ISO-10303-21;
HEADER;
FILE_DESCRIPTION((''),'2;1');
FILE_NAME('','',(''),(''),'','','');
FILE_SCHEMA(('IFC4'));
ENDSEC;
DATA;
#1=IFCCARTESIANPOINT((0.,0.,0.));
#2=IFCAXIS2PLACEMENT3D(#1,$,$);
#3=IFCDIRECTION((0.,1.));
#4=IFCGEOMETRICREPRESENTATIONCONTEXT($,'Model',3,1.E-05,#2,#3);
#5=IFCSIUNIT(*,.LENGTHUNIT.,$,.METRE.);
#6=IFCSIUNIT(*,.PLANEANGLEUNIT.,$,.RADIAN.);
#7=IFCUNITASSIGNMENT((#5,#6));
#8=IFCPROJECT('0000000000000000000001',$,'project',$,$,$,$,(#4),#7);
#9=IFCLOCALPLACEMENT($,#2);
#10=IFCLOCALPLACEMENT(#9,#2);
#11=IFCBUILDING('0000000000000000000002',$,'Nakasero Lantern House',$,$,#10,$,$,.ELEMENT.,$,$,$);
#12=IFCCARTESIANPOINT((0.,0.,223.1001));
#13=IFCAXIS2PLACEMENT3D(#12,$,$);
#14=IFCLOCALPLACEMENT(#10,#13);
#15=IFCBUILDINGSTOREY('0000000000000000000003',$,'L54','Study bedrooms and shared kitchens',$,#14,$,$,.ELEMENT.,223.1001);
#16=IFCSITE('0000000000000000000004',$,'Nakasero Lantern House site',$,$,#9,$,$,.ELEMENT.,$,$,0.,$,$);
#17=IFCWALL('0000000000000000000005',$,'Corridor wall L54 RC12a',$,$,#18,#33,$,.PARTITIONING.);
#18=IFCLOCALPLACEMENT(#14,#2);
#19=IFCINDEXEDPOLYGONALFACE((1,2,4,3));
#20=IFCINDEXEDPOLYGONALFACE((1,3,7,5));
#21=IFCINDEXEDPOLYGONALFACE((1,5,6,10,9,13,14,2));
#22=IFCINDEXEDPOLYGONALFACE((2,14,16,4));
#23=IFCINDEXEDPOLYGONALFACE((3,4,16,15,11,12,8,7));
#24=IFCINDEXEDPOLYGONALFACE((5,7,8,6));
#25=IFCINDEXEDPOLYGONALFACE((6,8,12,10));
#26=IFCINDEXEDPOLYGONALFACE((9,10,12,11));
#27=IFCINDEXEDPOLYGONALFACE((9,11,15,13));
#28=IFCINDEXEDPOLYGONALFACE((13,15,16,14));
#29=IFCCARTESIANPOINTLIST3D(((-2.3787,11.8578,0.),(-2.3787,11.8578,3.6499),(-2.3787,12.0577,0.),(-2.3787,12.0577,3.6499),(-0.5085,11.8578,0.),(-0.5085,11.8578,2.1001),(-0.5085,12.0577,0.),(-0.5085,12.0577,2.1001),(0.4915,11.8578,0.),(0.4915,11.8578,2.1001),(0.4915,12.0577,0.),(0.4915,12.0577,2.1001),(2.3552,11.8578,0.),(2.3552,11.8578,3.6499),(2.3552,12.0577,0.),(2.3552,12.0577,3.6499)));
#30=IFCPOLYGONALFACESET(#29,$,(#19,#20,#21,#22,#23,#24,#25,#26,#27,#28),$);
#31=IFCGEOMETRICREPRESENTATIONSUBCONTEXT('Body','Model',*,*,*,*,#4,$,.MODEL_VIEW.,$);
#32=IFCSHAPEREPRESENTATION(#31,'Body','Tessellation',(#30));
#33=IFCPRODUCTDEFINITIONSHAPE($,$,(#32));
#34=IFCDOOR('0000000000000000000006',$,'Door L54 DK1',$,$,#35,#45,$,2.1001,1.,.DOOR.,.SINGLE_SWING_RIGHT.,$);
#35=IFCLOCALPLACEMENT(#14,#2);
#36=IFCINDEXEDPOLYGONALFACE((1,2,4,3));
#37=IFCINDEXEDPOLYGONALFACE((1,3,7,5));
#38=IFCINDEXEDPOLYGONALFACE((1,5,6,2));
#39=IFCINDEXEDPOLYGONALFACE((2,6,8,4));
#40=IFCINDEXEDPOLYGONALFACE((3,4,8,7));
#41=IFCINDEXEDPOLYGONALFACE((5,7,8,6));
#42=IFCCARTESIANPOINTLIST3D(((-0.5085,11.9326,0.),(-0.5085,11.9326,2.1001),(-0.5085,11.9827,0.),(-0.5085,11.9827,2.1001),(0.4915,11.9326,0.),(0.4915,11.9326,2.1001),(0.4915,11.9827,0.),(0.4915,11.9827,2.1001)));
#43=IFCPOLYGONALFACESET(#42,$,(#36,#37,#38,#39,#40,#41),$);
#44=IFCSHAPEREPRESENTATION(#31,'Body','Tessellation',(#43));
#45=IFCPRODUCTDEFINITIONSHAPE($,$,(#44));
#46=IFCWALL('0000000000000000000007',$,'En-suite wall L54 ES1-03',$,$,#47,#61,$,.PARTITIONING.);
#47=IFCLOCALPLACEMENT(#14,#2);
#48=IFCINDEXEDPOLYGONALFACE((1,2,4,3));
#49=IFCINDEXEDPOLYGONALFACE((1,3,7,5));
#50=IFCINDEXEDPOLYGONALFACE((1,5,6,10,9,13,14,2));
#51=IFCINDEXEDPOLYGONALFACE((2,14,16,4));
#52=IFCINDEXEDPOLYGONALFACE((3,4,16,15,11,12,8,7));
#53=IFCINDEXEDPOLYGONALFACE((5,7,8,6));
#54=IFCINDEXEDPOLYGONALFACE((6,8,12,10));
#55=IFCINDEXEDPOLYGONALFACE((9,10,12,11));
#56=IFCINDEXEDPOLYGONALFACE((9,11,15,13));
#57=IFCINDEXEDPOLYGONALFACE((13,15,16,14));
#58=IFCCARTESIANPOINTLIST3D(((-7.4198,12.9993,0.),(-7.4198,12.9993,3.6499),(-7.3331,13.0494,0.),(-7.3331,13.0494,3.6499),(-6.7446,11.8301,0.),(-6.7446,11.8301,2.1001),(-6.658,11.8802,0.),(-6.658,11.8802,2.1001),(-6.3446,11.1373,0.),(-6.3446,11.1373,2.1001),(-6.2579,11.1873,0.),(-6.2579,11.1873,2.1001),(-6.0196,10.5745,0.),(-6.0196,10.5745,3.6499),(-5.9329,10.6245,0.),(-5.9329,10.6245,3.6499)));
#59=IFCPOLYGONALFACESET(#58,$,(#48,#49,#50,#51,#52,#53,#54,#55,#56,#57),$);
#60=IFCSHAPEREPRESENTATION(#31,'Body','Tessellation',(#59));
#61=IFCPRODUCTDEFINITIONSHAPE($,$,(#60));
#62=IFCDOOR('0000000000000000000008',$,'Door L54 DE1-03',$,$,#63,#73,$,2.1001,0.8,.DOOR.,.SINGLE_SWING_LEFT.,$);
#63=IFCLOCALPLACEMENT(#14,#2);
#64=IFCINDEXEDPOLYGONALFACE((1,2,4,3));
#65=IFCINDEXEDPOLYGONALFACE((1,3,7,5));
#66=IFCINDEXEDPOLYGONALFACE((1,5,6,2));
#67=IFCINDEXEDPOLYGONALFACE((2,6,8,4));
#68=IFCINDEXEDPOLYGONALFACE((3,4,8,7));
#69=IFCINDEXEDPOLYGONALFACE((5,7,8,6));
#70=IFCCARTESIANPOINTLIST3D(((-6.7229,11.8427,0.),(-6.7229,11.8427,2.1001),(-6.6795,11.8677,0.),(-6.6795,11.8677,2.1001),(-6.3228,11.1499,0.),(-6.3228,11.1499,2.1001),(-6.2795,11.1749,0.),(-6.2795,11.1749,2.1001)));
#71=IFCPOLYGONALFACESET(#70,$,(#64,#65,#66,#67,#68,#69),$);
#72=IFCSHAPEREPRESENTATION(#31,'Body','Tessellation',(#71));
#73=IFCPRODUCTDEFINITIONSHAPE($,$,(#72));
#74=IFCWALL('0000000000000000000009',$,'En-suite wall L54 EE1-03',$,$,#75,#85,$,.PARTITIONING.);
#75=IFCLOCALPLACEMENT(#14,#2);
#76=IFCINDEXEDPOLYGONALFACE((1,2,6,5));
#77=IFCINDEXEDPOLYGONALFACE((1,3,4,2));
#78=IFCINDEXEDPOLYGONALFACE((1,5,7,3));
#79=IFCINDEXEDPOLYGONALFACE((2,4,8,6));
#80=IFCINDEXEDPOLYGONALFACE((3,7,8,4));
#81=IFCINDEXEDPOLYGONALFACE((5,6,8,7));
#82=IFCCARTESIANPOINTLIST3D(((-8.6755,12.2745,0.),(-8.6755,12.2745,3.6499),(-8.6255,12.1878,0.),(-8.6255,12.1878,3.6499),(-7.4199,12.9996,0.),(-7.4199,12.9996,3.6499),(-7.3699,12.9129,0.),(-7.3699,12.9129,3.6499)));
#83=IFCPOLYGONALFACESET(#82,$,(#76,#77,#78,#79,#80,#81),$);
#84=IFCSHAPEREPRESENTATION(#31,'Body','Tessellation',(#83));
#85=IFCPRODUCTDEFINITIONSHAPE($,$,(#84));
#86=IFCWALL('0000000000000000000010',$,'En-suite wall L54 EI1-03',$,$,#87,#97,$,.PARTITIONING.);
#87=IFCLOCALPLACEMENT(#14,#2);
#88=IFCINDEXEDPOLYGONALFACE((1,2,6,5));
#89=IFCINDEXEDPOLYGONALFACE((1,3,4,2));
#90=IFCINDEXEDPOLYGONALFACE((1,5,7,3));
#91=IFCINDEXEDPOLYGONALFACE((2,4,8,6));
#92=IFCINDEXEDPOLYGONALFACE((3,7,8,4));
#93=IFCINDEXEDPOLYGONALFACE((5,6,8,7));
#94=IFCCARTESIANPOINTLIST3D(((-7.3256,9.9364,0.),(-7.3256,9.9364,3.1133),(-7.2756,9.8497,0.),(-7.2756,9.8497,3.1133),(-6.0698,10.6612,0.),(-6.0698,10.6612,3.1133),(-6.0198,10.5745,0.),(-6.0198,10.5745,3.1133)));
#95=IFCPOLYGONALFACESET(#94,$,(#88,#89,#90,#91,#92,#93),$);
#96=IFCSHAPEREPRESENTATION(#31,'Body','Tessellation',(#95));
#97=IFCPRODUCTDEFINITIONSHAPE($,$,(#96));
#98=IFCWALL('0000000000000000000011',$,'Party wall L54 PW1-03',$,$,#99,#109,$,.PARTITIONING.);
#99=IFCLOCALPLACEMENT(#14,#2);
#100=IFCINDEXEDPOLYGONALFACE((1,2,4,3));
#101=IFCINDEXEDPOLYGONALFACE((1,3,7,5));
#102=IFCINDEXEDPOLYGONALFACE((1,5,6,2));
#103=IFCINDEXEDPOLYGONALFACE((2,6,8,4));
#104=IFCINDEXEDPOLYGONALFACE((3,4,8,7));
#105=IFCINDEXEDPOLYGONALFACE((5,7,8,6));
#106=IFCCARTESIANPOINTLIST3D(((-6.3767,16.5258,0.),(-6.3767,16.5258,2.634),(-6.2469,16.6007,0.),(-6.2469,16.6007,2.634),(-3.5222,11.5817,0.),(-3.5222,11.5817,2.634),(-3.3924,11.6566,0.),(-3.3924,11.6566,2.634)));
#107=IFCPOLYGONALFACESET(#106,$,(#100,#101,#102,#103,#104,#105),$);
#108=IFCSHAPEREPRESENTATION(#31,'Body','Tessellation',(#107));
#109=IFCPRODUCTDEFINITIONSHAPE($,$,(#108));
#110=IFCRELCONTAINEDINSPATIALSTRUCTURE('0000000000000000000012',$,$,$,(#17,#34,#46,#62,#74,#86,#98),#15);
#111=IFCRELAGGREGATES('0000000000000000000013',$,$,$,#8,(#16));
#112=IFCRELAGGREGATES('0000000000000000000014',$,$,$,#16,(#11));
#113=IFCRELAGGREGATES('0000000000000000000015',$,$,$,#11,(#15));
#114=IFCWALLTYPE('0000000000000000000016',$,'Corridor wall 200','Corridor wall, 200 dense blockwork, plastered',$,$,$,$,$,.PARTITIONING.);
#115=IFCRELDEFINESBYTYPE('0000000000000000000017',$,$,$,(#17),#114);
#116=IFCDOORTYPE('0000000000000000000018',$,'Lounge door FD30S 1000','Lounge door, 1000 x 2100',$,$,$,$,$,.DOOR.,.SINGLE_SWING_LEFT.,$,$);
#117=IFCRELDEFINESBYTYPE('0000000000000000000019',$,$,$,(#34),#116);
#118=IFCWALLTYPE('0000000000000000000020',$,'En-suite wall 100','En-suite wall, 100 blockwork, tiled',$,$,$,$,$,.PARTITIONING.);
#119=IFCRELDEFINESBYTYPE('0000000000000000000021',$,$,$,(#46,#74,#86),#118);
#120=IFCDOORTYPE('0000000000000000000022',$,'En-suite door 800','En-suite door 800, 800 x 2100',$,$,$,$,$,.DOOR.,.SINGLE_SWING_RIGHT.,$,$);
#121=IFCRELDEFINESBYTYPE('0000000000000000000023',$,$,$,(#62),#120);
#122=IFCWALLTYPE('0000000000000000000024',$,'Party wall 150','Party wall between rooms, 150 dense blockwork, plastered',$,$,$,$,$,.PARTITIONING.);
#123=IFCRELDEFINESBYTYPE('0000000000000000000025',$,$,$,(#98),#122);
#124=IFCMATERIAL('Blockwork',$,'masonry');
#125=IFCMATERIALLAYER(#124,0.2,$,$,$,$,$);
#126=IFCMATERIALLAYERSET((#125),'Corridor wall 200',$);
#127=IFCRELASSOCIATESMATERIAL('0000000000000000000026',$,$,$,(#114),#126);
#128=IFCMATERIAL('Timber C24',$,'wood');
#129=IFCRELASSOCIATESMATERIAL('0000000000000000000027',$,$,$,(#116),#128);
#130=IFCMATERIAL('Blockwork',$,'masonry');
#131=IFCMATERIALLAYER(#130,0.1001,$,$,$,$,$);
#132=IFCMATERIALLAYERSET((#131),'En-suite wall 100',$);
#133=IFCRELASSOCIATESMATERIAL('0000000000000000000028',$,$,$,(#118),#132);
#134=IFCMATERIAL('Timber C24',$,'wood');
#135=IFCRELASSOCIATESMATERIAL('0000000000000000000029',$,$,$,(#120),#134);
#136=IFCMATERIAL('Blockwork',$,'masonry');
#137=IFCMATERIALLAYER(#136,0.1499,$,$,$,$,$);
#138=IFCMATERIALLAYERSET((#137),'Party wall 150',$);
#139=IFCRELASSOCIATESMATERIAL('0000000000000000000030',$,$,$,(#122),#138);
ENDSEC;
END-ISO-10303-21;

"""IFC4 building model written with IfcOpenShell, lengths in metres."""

from ifc_helpers import new_model, si_unit, direction, frame, frame_2d, origin, place, context, subcontext, project, spatial, rectangle, extrude, material, layer, layer_set, type_object, element, fill, save


model = new_model("IFC4")

# Units and contexts
model_context = context("Model", 3, precision=1e-05, world=origin(), true_north=direction((0.0, 1.0)))
body_context = subcontext(model_context, "Body", "Model", "MODEL_VIEW")
ifc_project = project(units=[si_unit("LENGTHUNIT", "METRE"), si_unit("PLANEANGLEUNIT", "RADIAN")], contexts=[model_context])

# Site, building, storey
site_placement = place(None, origin())
site = spatial("IfcSite", under=ifc_project, at=site_placement, Name="Nakasero Lantern House site", CompositionType="ELEMENT", RefElevation=0.0)
building_placement = place(site_placement, origin())
building = spatial("IfcBuilding", under=site, at=building_placement, Name="Nakasero Lantern House", CompositionType="ELEMENT")
storey_placement = place(building_placement, frame((0.0, 0.0, 223.1001)))
storey = spatial("IfcBuildingStorey", under=building, at=storey_placement, Name="L54", Description="Study bedrooms and shared kitchens", CompositionType="ELEMENT", Elevation=223.1001)

# Walls, openings, doors
ifc_material_1 = material(Name="Blockwork", Category="masonry")
ifc_layer_1 = layer(ifc_material_1, 0.2)
ifc_layer_set_1 = layer_set([ifc_layer_1], Name="Corridor wall 200")
wall_type_1 = type_object("IfcWallType", Name="Corridor wall 200", Description="Corridor wall, 200 dense blockwork, plastered", PredefinedType="PARTITIONING", material=ifc_layer_set_1)
wall_1_placement = place(storey_placement, frame((-2.3787, 11.9578, 0.0), z_axis=(0.0, 0.0, 1.0), x_axis=(1.0, 0.0, 0.0)))
wall_1 = element("IfcWall", 1, at=wall_1_placement, inside=storey, type_object=wall_type_1, Name="Corridor wall L54 RC12a", PredefinedType="PARTITIONING", context=body_context, shape_type="SweptSolid", body=[
    extrude(rectangle(XDim=4.7339, YDim=0.2, at=frame_2d((2.3669, 0.0))), origin(), (0.0, 0.0, 1.0), 3.6499),
])
opening_1_placement = place(wall_1_placement, frame((1.8701, 0.0, 0.0)))
opening_1 = element("IfcOpeningElement", 2, at=opening_1_placement, cuts=wall_1, PredefinedType="OPENING", context=body_context, shape_type="SweptSolid", body=[
    extrude(rectangle(XDim=1.0, YDim=2.1001, at=frame_2d((0.5, 1.05))), frame((0.0, 0.1199, 0.0), z_axis=(0.0, -1.0, 0.0), x_axis=(1.0, 0.0, 0.0)), (0.0, 0.0, 1.0), 0.24),
])
ifc_material_2 = material(Name="Timber C24", Category="wood")
door_type_1 = type_object("IfcDoorType", Name="Lounge door FD30S 1000", Description="Lounge door, 1000 x 2100", OperationType="SINGLE_SWING_LEFT", PredefinedType="DOOR", material=ifc_material_2)
door_1_placement = place(opening_1_placement, origin())
door_1 = element("IfcDoor", 3, at=door_1_placement, inside=storey, type_object=door_type_1, Name="Door L54 DK1", OperationType="SINGLE_SWING_RIGHT", OverallHeight=2.1001, OverallWidth=1.0, PredefinedType="DOOR", context=body_context, shape_type="SweptSolid", body=[
    extrude(rectangle(XDim=1.0, YDim=2.1001, at=frame_2d((0.5, 1.05))), frame((0.0, 0.0249, 0.0), z_axis=(0.0, -1.0, 0.0), x_axis=(1.0, 0.0, 0.0)), (0.0, 0.0, 1.0), 0.05),
])
fill(opening_1, door_1)
ifc_material_3 = material(Name="Blockwork", Category="masonry")
ifc_layer_2 = layer(ifc_material_3, 0.1001)
ifc_layer_set_2 = layer_set([ifc_layer_2], Name="En-suite wall 100")
wall_type_2 = type_object("IfcWallType", Name="En-suite wall 100", Description="En-suite wall, 100 blockwork, tiled", PredefinedType="PARTITIONING", material=ifc_layer_set_2)
wall_2_placement = place(storey_placement, frame((-5.9763, 10.5996, 0.0), z_axis=(0.0, 0.0, 1.0), x_axis=(-0.50005, 0.865997, 0.0)))
wall_2 = element("IfcWall", 4, at=wall_2_placement, inside=storey, type_object=wall_type_2, Name="En-suite wall L54 ES1-03", PredefinedType="PARTITIONING", context=body_context, shape_type="SweptSolid", body=[
    extrude(rectangle(XDim=2.8, YDim=0.1001, at=frame_2d((1.3999, 0.0))), origin(), (0.0, 0.0, 1.0), 3.6499),
])
opening_2_placement = place(wall_2_placement, frame((0.6499, 0.0, 0.0)))
opening_2 = element("IfcOpeningElement", 5, at=opening_2_placement, cuts=wall_2, PredefinedType="OPENING", context=body_context, shape_type="SweptSolid", body=[
    extrude(rectangle(XDim=0.8, YDim=2.1001, at=frame_2d((0.3999, 1.05))), frame((0.0, 0.0701, 0.0), z_axis=(0.0, -1.0, 0.0), x_axis=(1.0, 0.0, 0.0)), (0.0, 0.0, 1.0), 0.1401),
])
ifc_material_4 = material(Name="Timber C24", Category="wood")
door_type_2 = type_object("IfcDoorType", Name="En-suite door 800", Description="En-suite door 800, 800 x 2100", OperationType="SINGLE_SWING_RIGHT", PredefinedType="DOOR", material=ifc_material_4)
door_2_placement = place(opening_2_placement, origin())
door_2 = element("IfcDoor", 6, at=door_2_placement, inside=storey, type_object=door_type_2, Name="Door L54 DE1-03", OperationType="SINGLE_SWING_LEFT", OverallHeight=2.1001, OverallWidth=0.8, PredefinedType="DOOR", context=body_context, shape_type="SweptSolid", body=[
    extrude(rectangle(XDim=0.8, YDim=2.1001, at=frame_2d((0.3999, 1.05))), frame((0.0, 0.0249, 0.0), z_axis=(0.0, -1.0, 0.0), x_axis=(1.0, 0.0, 0.0)), (0.0, 0.0, 1.0), 0.05),
])
fill(opening_2, door_2)

# Walls
wall_3_placement = place(storey_placement, frame((-7.3948, 12.9563, 0.0), z_axis=(0.0, 0.0, 1.0), x_axis=(-0.865975, -0.500087, 0.0)))
element("IfcWall", 7, at=wall_3_placement, inside=storey, type_object=wall_type_2, Name="En-suite wall L54 EE1-03", PredefinedType="PARTITIONING", context=body_context, shape_type="SweptSolid", body=[
    extrude(rectangle(XDim=1.45, YDim=0.1001, at=frame_2d((0.7251, 0.0))), origin(), (0.0, 0.0, 1.0), 3.6499),
])
wall_4_placement = place(storey_placement, frame((-6.0447, 10.6179, 0.0), z_axis=(0.0, 0.0, 1.0), x_axis=(-0.86609, -0.499888, 0.0)))
element("IfcWall", 8, at=wall_4_placement, inside=storey, type_object=wall_type_2, Name="En-suite wall L54 EI1-03", PredefinedType="PARTITIONING", context=body_context, shape_type="SweptSolid", body=[
    extrude(rectangle(XDim=1.45, YDim=0.1001, at=frame_2d((0.7251, 0.0))), origin(), (0.0, 0.0, 1.0), 3.1133),
])
ifc_material_5 = material(Name="Blockwork", Category="masonry")
ifc_layer_3 = layer(ifc_material_5, 0.1499)
ifc_layer_set_3 = layer_set([ifc_layer_3], Name="Party wall 150")
wall_type_3 = type_object("IfcWallType", Name="Party wall 150", Description="Party wall between rooms, 150 dense blockwork, plastered", PredefinedType="PARTITIONING", material=ifc_layer_set_3)
wall_5_placement = place(storey_placement, frame((-3.4573, 11.6191, 0.0), z_axis=(0.0, 0.0, 1.0), x_axis=(-0.500003, 0.866024, 0.0)))
element("IfcWall", 9, at=wall_5_placement, inside=storey, type_object=wall_type_3, Name="Party wall L54 PW1-03", PredefinedType="PARTITIONING", context=body_context, shape_type="SweptSolid", body=[
    extrude(rectangle(XDim=5.709, YDim=0.1499, at=frame_2d((2.8545, 0.0))), origin(), (0.0, 0.0, 1.0), 2.634),
])

save(model, "model.ifc")
